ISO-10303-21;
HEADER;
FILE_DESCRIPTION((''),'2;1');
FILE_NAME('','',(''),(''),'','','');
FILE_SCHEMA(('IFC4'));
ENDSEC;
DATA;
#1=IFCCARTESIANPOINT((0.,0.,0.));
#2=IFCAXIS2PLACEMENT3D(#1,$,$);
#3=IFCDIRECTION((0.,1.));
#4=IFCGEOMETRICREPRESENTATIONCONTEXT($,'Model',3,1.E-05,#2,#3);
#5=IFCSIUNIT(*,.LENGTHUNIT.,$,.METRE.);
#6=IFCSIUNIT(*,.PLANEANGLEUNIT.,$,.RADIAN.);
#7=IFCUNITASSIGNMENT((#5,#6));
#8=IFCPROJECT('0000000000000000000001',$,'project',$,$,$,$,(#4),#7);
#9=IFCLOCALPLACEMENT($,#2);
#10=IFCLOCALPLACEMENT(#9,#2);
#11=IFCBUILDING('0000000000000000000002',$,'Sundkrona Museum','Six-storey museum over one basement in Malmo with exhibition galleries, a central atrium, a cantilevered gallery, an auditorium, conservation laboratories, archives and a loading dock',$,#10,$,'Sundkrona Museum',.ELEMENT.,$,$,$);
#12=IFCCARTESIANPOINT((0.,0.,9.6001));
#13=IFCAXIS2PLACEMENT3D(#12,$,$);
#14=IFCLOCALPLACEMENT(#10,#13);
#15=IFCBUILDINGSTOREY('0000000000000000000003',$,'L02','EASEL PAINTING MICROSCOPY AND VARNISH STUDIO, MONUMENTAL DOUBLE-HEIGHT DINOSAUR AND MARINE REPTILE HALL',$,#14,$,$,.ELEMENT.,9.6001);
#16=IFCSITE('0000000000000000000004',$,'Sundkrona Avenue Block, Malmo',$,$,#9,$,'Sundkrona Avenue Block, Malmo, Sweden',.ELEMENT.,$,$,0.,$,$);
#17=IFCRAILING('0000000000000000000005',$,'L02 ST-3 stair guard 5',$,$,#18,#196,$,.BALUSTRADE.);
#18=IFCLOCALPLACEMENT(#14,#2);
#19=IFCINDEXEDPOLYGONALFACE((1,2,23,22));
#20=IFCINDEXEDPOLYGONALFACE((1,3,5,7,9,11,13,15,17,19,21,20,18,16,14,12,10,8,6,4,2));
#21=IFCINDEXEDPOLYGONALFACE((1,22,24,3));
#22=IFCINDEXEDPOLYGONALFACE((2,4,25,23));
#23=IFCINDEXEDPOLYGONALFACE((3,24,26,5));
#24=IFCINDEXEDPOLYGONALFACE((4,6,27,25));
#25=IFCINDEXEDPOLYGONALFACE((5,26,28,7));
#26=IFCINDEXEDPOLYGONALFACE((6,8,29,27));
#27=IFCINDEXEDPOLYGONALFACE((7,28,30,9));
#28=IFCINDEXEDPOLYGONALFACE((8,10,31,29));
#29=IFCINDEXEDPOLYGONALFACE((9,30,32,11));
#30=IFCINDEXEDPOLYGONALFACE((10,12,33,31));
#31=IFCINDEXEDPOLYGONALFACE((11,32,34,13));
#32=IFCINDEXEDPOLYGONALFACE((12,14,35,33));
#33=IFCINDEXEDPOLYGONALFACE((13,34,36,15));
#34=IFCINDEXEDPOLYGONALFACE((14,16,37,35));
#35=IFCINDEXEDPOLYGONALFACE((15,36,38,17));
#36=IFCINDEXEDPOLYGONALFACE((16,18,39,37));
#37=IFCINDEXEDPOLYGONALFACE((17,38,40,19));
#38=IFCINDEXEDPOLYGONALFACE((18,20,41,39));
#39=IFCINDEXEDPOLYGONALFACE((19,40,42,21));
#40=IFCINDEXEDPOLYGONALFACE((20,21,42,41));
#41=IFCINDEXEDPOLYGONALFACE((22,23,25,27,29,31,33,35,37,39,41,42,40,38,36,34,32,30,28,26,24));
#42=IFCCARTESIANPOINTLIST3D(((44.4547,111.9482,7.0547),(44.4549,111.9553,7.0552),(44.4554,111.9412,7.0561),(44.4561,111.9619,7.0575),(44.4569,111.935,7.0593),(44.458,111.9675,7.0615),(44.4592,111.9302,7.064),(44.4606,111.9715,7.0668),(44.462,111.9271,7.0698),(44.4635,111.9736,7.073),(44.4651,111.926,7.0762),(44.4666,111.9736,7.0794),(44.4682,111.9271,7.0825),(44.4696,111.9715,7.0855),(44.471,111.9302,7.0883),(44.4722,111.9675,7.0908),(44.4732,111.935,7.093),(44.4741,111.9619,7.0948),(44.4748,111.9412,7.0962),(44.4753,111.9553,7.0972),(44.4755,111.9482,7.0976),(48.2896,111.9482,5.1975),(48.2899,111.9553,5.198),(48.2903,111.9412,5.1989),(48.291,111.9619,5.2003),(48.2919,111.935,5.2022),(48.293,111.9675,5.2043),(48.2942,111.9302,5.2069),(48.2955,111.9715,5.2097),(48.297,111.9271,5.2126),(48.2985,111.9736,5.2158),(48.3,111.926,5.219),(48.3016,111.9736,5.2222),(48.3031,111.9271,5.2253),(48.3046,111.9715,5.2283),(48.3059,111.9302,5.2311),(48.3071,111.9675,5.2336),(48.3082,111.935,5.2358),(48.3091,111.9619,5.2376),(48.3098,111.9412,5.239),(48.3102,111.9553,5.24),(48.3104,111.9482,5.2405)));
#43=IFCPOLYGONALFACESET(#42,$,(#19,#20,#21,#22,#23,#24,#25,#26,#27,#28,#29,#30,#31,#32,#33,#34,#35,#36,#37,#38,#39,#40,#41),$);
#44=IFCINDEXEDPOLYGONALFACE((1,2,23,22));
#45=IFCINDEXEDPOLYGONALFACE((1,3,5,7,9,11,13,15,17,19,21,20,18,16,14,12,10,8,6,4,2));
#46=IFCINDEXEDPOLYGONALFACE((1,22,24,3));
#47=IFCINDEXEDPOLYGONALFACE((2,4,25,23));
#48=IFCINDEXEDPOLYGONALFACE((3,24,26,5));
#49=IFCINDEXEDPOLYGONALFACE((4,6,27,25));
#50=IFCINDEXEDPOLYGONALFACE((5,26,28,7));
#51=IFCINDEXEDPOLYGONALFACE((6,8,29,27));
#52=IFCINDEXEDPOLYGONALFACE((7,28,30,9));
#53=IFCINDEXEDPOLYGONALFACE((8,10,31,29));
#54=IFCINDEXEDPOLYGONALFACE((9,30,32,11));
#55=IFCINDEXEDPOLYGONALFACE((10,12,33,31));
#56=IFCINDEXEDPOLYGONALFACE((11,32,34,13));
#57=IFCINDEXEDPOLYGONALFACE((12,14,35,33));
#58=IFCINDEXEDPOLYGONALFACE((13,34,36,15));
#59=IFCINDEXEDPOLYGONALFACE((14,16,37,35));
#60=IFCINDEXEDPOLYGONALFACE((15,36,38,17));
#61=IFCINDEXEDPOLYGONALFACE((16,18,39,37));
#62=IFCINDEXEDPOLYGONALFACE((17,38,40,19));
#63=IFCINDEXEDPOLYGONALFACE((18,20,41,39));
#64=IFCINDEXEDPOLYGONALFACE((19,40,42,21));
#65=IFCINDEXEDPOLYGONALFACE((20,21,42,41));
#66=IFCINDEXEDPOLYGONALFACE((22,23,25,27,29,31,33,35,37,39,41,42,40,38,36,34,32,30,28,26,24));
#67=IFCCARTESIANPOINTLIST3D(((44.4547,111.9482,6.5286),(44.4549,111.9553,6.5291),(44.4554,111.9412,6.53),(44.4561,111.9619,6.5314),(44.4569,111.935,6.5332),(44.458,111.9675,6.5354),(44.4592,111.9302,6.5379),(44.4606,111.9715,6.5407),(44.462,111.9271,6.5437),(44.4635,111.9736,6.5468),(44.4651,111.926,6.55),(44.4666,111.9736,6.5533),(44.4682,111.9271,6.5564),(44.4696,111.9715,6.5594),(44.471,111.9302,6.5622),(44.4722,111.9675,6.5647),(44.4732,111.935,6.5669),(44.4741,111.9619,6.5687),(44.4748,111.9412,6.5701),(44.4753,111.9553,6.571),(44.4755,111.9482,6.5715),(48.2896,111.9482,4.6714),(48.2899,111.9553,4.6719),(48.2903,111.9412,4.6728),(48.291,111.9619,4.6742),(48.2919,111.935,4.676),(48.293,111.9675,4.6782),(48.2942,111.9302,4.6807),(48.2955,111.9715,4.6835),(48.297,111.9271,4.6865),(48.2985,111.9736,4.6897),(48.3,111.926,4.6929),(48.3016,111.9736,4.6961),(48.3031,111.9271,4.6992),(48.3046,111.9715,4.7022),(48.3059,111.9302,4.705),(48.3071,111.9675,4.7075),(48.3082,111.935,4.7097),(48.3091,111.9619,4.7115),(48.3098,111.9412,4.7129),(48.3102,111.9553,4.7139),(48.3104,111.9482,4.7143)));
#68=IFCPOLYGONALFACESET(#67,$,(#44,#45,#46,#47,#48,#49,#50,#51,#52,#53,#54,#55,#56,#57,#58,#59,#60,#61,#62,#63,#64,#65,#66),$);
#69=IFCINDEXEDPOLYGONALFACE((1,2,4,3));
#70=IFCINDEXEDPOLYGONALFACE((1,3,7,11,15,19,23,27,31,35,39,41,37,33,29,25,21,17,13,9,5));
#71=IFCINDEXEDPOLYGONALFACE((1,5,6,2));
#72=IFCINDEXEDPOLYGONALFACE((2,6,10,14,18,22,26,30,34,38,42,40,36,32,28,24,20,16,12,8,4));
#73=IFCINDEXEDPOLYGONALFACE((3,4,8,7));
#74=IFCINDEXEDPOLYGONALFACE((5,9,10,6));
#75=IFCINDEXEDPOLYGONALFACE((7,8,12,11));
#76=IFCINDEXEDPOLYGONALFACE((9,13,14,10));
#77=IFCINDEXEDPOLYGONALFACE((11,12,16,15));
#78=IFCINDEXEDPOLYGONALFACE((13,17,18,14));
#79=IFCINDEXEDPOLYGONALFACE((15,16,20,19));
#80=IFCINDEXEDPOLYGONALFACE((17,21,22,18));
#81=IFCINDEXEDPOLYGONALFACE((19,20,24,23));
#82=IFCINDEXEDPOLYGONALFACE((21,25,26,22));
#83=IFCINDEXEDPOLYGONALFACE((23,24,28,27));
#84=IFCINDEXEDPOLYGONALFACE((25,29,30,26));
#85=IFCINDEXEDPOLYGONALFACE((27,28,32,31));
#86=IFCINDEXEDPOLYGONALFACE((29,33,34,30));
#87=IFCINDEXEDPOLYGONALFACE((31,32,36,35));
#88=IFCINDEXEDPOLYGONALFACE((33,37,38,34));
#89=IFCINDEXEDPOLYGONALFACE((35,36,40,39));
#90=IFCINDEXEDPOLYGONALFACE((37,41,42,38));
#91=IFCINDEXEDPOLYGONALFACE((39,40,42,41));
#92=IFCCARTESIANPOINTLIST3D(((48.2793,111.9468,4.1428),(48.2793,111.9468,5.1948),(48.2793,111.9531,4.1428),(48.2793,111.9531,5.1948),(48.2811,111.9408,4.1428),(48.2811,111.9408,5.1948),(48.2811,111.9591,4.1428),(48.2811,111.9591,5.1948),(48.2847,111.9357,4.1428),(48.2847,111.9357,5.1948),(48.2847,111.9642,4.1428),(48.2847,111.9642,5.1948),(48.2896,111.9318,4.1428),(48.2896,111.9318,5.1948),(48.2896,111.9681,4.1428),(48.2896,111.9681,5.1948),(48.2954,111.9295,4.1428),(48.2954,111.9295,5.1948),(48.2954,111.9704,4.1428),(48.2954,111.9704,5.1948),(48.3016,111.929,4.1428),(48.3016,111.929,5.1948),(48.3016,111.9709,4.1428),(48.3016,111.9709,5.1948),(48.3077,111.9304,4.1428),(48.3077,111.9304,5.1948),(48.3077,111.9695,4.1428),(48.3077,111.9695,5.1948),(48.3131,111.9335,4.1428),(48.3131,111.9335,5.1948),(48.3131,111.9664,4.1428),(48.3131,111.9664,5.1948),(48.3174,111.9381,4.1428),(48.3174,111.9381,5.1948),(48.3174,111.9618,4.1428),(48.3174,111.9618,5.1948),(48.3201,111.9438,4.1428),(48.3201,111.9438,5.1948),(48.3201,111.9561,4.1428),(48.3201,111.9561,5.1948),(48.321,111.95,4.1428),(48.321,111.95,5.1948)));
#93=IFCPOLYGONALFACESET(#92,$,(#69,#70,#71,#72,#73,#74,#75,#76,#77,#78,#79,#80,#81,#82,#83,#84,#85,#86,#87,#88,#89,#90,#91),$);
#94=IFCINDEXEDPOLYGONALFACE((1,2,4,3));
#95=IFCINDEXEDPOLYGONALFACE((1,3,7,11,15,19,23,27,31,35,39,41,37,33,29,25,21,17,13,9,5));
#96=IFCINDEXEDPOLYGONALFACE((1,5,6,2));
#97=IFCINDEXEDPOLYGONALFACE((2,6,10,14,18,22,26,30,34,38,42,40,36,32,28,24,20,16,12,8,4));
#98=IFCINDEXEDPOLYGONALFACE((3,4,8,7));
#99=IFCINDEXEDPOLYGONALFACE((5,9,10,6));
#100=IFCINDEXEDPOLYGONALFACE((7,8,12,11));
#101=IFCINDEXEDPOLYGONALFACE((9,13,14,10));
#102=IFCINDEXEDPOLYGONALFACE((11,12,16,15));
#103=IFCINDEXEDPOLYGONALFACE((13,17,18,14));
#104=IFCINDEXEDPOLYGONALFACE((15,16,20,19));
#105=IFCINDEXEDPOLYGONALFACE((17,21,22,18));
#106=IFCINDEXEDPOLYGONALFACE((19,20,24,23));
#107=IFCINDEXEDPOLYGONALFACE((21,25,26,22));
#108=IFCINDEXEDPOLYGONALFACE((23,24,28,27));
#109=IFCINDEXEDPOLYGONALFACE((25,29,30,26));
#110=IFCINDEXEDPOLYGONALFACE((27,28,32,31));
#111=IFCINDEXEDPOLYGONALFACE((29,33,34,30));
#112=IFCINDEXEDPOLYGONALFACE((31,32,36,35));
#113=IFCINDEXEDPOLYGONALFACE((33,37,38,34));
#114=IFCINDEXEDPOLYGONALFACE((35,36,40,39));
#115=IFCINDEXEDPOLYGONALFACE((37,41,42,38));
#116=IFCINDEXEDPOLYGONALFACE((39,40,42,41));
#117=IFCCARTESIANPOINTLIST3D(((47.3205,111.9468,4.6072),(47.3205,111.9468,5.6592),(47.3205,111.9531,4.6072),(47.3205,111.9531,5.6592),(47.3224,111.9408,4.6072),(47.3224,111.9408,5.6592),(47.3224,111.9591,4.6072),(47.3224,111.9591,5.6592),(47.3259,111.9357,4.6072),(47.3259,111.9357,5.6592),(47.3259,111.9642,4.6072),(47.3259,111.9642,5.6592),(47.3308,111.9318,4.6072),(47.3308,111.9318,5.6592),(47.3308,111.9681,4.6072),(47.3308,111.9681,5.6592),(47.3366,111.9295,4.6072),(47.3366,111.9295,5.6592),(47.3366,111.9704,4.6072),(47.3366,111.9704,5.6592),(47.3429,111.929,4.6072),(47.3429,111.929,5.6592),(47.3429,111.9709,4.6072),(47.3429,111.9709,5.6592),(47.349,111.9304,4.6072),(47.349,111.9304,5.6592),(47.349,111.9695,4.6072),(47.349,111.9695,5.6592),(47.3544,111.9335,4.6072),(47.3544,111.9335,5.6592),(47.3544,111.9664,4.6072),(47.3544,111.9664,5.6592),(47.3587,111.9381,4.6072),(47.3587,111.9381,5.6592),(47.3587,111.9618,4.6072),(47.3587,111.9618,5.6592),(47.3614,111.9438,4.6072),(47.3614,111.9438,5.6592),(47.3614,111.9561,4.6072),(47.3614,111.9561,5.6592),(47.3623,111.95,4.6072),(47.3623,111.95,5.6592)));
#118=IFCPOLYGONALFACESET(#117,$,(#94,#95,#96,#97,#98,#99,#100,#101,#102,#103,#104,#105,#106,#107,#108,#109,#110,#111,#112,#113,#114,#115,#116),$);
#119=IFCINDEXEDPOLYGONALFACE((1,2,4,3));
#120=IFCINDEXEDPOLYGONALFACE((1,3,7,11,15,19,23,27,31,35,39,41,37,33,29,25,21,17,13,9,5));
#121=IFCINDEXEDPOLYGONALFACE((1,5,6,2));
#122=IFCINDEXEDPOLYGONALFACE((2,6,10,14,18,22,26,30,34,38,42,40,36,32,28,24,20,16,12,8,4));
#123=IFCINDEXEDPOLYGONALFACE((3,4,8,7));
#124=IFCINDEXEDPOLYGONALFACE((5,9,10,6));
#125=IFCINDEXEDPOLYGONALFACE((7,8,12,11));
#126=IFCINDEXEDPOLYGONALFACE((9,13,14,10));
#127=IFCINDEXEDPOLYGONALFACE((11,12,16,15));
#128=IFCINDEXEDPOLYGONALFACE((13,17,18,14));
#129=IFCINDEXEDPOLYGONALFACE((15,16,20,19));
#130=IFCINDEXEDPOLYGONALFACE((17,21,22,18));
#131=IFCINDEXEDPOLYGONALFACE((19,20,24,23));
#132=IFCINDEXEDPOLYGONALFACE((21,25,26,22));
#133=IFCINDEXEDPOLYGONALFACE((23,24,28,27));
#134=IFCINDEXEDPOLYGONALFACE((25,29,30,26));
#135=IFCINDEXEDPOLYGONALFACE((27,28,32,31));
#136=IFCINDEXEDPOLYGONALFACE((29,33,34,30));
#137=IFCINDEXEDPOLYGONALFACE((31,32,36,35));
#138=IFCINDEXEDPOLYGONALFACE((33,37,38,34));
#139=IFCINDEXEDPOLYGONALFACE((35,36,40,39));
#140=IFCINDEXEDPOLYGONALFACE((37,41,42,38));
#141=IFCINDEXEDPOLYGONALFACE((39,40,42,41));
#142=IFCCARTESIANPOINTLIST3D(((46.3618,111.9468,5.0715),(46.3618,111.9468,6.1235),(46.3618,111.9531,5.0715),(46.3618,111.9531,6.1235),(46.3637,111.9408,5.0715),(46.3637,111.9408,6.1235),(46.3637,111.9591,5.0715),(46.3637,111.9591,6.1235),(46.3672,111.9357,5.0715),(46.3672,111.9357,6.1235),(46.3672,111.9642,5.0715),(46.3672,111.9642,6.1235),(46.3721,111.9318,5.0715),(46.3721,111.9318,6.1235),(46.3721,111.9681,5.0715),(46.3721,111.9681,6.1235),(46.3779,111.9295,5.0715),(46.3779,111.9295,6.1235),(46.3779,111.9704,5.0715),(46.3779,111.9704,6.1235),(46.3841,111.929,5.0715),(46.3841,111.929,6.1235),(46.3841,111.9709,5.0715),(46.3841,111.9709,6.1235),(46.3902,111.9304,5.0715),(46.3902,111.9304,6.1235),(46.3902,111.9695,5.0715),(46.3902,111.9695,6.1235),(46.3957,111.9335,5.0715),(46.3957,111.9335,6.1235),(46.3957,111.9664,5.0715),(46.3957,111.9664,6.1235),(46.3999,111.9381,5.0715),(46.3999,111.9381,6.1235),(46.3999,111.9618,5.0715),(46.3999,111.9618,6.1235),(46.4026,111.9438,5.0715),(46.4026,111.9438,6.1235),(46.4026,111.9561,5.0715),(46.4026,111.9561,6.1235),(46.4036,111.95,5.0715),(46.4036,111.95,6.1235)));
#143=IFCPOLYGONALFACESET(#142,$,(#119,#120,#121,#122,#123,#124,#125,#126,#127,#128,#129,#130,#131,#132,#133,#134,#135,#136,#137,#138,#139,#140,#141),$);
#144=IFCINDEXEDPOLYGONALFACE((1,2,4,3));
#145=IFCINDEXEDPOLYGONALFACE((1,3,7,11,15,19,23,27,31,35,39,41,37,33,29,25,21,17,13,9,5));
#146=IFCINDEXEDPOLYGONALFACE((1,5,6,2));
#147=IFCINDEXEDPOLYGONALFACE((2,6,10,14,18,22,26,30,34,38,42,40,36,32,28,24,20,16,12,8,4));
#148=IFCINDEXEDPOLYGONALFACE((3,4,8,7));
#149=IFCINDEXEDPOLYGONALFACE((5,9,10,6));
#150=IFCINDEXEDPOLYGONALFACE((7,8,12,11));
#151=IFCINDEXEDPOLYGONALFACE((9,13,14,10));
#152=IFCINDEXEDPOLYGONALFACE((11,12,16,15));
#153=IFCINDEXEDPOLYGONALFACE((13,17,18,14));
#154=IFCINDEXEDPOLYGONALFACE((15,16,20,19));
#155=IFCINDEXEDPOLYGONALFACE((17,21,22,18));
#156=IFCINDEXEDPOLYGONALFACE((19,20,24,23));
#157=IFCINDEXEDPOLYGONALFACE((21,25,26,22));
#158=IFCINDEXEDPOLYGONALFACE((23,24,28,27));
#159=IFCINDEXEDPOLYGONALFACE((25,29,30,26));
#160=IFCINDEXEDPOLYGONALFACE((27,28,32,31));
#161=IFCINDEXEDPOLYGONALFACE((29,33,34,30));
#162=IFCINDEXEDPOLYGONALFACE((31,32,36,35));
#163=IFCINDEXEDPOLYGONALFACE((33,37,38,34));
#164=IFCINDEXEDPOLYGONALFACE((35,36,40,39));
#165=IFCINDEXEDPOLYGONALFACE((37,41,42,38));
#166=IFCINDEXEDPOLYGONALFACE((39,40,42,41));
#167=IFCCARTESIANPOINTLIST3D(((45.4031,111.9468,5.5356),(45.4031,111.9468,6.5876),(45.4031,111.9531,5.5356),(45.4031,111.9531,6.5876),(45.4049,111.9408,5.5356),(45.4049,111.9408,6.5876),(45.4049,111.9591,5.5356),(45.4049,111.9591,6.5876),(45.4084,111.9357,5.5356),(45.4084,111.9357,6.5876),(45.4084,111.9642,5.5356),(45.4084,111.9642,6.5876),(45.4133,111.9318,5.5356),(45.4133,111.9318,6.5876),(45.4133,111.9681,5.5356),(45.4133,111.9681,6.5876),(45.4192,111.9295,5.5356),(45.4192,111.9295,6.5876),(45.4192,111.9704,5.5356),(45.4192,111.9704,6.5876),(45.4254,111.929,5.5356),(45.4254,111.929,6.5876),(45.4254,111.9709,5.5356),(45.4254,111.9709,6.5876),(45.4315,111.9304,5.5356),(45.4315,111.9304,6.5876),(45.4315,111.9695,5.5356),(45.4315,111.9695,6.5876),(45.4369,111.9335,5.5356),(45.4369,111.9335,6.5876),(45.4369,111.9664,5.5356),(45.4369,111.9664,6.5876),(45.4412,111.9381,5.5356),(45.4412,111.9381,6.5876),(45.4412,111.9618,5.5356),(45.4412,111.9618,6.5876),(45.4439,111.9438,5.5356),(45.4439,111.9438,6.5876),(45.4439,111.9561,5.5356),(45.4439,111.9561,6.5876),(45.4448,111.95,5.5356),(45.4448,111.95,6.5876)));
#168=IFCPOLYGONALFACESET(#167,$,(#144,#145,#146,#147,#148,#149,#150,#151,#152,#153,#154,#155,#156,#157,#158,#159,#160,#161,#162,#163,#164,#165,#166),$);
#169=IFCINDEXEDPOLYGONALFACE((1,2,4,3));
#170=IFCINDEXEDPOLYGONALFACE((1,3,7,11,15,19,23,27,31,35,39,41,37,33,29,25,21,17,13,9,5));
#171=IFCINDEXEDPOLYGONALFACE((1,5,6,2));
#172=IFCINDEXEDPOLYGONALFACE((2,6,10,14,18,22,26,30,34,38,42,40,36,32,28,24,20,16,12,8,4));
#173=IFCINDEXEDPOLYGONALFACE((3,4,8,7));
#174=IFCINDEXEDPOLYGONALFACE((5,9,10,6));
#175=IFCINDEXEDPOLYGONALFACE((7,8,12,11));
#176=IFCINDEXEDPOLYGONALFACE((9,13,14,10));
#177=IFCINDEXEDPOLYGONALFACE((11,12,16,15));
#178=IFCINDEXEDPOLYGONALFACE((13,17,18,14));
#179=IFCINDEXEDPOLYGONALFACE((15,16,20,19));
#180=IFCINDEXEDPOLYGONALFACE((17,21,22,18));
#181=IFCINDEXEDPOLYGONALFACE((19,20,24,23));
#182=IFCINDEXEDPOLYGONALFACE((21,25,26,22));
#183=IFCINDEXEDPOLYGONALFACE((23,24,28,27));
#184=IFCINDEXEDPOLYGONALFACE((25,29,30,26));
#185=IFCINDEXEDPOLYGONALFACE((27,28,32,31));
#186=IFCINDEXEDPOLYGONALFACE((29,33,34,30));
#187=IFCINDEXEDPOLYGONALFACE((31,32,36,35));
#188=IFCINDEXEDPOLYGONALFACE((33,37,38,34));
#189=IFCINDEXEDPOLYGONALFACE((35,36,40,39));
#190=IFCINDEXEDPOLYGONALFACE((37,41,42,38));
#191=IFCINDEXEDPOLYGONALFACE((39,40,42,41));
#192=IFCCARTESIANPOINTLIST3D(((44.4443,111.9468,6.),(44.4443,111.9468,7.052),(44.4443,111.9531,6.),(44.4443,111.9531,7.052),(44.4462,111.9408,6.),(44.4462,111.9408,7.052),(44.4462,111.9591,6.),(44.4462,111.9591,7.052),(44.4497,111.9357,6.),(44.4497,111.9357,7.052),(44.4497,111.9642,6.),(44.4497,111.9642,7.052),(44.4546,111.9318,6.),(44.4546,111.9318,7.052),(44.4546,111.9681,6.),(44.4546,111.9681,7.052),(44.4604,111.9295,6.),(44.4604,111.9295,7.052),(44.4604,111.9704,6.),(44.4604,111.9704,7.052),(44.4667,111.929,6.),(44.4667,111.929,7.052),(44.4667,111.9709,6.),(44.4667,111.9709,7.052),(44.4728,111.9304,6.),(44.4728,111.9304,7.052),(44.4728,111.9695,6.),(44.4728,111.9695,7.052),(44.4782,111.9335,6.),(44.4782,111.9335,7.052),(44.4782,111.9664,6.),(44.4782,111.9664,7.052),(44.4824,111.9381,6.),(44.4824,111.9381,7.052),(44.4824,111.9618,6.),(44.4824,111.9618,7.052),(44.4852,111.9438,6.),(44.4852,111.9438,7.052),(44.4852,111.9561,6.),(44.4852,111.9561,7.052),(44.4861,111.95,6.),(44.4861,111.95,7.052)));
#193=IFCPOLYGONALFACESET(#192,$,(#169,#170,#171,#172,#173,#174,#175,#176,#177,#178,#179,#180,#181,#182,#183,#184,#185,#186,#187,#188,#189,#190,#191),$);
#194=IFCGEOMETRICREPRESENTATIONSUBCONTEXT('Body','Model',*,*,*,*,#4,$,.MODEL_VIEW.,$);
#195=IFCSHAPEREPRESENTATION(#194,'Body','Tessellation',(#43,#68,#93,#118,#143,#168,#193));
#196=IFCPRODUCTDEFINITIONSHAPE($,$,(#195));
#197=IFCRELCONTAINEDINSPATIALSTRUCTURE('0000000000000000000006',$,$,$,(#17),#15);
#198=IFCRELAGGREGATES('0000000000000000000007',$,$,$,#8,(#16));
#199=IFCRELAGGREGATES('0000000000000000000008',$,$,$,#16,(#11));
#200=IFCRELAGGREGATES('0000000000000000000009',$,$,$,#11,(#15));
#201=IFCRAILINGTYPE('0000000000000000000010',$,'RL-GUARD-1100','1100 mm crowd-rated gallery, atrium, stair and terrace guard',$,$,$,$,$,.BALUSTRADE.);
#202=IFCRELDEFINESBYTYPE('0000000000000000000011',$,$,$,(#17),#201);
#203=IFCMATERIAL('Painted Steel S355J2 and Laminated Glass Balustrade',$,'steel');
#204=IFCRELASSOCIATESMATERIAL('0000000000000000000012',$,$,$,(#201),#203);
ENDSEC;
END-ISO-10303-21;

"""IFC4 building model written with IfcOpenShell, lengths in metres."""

from ifc_helpers import new_model, si_unit, direction, frame, origin, origin_2d, place, context, subcontext, project, spatial, circle, extrude, material, type_object, element, save


model = new_model("IFC4")

# Units and contexts
model_context = context("Model", 3, precision=1e-05, world=origin(), true_north=direction((0.0, 1.0)))
body_context = subcontext(model_context, "Body", "Model", "MODEL_VIEW")
ifc_project = project(units=[si_unit("LENGTHUNIT", "METRE"), si_unit("PLANEANGLEUNIT", "RADIAN")], contexts=[model_context])

# Site, building, storey
site_placement = place(None, origin())
site = spatial("IfcSite", under=ifc_project, at=site_placement, Name="Sundkrona Avenue Block, Malmo", LongName="Sundkrona Avenue Block, Malmo, Sweden", CompositionType="ELEMENT", RefElevation=0.0)
building_placement = place(site_placement, origin())
building = spatial("IfcBuilding", under=site, at=building_placement, Name="Sundkrona Museum", Description="Six-storey museum over one basement in Malmo with exhibition galleries, a central atrium, a cantilevered gallery, an auditorium, conservation laboratories, archives and a loading dock", LongName="Sundkrona Museum", CompositionType="ELEMENT")
storey_placement = place(building_placement, frame((0.0, 0.0, 9.6001)))
storey = spatial("IfcBuildingStorey", under=building, at=storey_placement, Name="L02", Description="EASEL PAINTING MICROSCOPY AND VARNISH STUDIO, MONUMENTAL DOUBLE-HEIGHT DINOSAUR AND MARINE REPTILE HALL", CompositionType="ELEMENT", Elevation=9.6001)

# Railing
ifc_material_1 = material(Name="Painted Steel S355J2 and Laminated Glass Balustrade", Category="steel")
railing_type_1 = type_object("IfcRailingType", Name="RL-GUARD-1100", Description="1100 mm crowd-rated gallery, atrium, stair and terrace guard", PredefinedType="BALUSTRADE", material=ifc_material_1)
railing_1_placement = place(storey_placement, frame((48.3, 111.95, 4.1428)))
element("IfcRailing", 1, at=railing_1_placement, inside=storey, type_object=railing_type_1, Name="L02 ST-3 stair guard 5", PredefinedType="BALUSTRADE", context=body_context, shape_type="SweptSolid", body=[
    extrude(circle(Radius=0.0239, at=origin_2d()), frame((0.0, 0.0, 1.0762), z_axis=(-0.900016, 0.0, 0.435856), x_axis=(0.0, -1.0, 0.0)), (0.0, 0.0, 1.0), 4.261),
    extrude(circle(Radius=0.0239, at=origin_2d()), frame((0.0, 0.0, 0.55), z_axis=(-0.900016, 0.0, 0.435856), x_axis=(0.0, -1.0, 0.0)), (0.0, 0.0, 1.0), 4.261),
    extrude(circle(Radius=0.021, at=origin_2d()), origin(), (0.0, 0.0, 1.0), 1.052),
    extrude(circle(Radius=0.021, at=origin_2d()), frame((-0.9587, 0.0, 0.4644)), (0.0, 0.0, 1.0), 1.052),
    extrude(circle(Radius=0.021, at=origin_2d()), frame((-1.9175, 0.0, 0.9287)), (0.0, 0.0, 1.0), 1.052),
    extrude(circle(Radius=0.021, at=origin_2d()), frame((-2.8762, 0.0, 1.3928)), (0.0, 0.0, 1.0), 1.052),
    extrude(circle(Radius=0.021, at=origin_2d()), frame((-3.835, 0.0, 1.8572)), (0.0, 0.0, 1.0), 1.052),
])

save(model, "model.ifc")
